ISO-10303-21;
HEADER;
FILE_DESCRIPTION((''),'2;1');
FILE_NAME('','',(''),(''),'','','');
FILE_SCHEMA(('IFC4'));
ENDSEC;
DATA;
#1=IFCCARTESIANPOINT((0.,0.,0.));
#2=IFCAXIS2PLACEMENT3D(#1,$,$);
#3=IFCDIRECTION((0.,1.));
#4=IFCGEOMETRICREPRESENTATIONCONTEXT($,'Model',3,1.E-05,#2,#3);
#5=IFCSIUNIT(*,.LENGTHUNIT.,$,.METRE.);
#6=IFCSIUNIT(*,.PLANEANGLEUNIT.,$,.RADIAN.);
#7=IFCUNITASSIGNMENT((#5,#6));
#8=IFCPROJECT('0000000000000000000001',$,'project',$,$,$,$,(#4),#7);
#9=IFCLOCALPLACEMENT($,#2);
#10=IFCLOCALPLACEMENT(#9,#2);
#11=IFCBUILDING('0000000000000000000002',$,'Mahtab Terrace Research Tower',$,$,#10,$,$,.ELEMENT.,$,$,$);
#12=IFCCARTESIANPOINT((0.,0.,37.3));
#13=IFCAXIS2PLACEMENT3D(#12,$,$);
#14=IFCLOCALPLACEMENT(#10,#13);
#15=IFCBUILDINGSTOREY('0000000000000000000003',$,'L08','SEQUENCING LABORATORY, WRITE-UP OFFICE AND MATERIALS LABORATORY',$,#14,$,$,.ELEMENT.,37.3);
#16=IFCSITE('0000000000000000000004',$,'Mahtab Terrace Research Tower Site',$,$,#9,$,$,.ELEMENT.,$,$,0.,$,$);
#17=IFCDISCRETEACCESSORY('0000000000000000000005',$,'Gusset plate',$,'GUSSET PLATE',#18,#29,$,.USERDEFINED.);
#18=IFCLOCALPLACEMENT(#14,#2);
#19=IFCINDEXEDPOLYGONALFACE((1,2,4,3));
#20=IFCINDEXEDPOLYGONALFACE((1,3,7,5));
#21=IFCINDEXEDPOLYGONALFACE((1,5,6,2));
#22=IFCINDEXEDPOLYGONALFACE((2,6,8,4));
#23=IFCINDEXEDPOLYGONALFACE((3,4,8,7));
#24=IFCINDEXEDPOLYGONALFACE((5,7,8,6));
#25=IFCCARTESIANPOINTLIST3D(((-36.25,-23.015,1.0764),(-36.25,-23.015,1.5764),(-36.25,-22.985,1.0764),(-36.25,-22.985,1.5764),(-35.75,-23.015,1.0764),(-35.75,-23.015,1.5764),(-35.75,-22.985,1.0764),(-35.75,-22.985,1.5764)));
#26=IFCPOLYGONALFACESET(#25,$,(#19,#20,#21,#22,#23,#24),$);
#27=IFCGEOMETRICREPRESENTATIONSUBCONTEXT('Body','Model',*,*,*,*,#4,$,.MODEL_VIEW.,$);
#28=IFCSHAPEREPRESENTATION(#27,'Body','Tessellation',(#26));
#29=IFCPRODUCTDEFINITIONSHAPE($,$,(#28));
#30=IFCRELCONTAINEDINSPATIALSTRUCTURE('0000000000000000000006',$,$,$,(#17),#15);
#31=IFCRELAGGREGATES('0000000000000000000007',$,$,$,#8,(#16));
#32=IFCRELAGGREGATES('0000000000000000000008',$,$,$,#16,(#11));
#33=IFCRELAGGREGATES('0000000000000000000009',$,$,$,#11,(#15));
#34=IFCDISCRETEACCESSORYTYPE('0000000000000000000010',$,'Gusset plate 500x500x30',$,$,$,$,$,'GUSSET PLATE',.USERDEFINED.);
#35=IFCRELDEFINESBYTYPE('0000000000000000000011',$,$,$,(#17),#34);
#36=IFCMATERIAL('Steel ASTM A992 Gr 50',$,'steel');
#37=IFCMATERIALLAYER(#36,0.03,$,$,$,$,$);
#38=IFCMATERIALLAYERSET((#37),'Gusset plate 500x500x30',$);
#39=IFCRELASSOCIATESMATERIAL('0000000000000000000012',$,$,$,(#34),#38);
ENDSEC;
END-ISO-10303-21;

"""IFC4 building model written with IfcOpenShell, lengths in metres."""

from ifc_helpers import new_model, si_unit, direction, frame, origin, origin_2d, place, context, subcontext, project, spatial, rectangle, extrude, material, layer, layer_set, type_object, element, save


model = new_model("IFC4")

# Units and contexts
model_context = context("Model", 3, precision=1e-05, world=origin(), true_north=direction((0.0, 1.0)))
body_context = subcontext(model_context, "Body", "Model", "MODEL_VIEW")
ifc_project = project(units=[si_unit("LENGTHUNIT", "METRE"), si_unit("PLANEANGLEUNIT", "RADIAN")], contexts=[model_context])

# Site, building, storey
site_placement = place(None, origin())
site = spatial("IfcSite", under=ifc_project, at=site_placement, Name="Mahtab Terrace Research Tower Site", CompositionType="ELEMENT", RefElevation=0.0)
building_placement = place(site_placement, origin())
building = spatial("IfcBuilding", under=site, at=building_placement, Name="Mahtab Terrace Research Tower", CompositionType="ELEMENT")
storey_placement = place(building_placement, frame((0.0, 0.0, 37.3)))
storey = spatial("IfcBuildingStorey", under=building, at=storey_placement, Name="L08", Description="SEQUENCING LABORATORY, WRITE-UP OFFICE AND MATERIALS LABORATORY", CompositionType="ELEMENT", Elevation=37.3)

# Shared definitions
ifc_material_1 = material(Name="Steel ASTM A992 Gr 50", Category="steel")

# Discrete accessory
ifc_layer_1 = layer(ifc_material_1, 0.03)
ifc_layer_set_1 = layer_set([ifc_layer_1], Name="Gusset plate 500x500x30")
discrete_accessory_type = type_object("IfcDiscreteAccessoryType", Name="Gusset plate 500x500x30", ElementType="GUSSET PLATE", PredefinedType="USERDEFINED", material=ifc_layer_set_1)
for number, where, z_axis, x_axis, name in (
    (1, (-36.0, -23.0, 1.0764), (0.0, 0.0, 1.0), (1.0, 0.0, 0.0), "Gusset plate"),
):
    element("IfcDiscreteAccessory", number, at=place(storey_placement, frame(where, z_axis=z_axis, x_axis=x_axis)), inside=storey, type_object=discrete_accessory_type, Name=name, ObjectType="GUSSET PLATE", PredefinedType="USERDEFINED", context=body_context, shape_type="SweptSolid", body=[
        extrude(rectangle(XDim=0.5, YDim=0.03, at=origin_2d()), origin(), (0.0, 0.0, 1.0), 0.5),
    ])

save(model, "model.ifc")
